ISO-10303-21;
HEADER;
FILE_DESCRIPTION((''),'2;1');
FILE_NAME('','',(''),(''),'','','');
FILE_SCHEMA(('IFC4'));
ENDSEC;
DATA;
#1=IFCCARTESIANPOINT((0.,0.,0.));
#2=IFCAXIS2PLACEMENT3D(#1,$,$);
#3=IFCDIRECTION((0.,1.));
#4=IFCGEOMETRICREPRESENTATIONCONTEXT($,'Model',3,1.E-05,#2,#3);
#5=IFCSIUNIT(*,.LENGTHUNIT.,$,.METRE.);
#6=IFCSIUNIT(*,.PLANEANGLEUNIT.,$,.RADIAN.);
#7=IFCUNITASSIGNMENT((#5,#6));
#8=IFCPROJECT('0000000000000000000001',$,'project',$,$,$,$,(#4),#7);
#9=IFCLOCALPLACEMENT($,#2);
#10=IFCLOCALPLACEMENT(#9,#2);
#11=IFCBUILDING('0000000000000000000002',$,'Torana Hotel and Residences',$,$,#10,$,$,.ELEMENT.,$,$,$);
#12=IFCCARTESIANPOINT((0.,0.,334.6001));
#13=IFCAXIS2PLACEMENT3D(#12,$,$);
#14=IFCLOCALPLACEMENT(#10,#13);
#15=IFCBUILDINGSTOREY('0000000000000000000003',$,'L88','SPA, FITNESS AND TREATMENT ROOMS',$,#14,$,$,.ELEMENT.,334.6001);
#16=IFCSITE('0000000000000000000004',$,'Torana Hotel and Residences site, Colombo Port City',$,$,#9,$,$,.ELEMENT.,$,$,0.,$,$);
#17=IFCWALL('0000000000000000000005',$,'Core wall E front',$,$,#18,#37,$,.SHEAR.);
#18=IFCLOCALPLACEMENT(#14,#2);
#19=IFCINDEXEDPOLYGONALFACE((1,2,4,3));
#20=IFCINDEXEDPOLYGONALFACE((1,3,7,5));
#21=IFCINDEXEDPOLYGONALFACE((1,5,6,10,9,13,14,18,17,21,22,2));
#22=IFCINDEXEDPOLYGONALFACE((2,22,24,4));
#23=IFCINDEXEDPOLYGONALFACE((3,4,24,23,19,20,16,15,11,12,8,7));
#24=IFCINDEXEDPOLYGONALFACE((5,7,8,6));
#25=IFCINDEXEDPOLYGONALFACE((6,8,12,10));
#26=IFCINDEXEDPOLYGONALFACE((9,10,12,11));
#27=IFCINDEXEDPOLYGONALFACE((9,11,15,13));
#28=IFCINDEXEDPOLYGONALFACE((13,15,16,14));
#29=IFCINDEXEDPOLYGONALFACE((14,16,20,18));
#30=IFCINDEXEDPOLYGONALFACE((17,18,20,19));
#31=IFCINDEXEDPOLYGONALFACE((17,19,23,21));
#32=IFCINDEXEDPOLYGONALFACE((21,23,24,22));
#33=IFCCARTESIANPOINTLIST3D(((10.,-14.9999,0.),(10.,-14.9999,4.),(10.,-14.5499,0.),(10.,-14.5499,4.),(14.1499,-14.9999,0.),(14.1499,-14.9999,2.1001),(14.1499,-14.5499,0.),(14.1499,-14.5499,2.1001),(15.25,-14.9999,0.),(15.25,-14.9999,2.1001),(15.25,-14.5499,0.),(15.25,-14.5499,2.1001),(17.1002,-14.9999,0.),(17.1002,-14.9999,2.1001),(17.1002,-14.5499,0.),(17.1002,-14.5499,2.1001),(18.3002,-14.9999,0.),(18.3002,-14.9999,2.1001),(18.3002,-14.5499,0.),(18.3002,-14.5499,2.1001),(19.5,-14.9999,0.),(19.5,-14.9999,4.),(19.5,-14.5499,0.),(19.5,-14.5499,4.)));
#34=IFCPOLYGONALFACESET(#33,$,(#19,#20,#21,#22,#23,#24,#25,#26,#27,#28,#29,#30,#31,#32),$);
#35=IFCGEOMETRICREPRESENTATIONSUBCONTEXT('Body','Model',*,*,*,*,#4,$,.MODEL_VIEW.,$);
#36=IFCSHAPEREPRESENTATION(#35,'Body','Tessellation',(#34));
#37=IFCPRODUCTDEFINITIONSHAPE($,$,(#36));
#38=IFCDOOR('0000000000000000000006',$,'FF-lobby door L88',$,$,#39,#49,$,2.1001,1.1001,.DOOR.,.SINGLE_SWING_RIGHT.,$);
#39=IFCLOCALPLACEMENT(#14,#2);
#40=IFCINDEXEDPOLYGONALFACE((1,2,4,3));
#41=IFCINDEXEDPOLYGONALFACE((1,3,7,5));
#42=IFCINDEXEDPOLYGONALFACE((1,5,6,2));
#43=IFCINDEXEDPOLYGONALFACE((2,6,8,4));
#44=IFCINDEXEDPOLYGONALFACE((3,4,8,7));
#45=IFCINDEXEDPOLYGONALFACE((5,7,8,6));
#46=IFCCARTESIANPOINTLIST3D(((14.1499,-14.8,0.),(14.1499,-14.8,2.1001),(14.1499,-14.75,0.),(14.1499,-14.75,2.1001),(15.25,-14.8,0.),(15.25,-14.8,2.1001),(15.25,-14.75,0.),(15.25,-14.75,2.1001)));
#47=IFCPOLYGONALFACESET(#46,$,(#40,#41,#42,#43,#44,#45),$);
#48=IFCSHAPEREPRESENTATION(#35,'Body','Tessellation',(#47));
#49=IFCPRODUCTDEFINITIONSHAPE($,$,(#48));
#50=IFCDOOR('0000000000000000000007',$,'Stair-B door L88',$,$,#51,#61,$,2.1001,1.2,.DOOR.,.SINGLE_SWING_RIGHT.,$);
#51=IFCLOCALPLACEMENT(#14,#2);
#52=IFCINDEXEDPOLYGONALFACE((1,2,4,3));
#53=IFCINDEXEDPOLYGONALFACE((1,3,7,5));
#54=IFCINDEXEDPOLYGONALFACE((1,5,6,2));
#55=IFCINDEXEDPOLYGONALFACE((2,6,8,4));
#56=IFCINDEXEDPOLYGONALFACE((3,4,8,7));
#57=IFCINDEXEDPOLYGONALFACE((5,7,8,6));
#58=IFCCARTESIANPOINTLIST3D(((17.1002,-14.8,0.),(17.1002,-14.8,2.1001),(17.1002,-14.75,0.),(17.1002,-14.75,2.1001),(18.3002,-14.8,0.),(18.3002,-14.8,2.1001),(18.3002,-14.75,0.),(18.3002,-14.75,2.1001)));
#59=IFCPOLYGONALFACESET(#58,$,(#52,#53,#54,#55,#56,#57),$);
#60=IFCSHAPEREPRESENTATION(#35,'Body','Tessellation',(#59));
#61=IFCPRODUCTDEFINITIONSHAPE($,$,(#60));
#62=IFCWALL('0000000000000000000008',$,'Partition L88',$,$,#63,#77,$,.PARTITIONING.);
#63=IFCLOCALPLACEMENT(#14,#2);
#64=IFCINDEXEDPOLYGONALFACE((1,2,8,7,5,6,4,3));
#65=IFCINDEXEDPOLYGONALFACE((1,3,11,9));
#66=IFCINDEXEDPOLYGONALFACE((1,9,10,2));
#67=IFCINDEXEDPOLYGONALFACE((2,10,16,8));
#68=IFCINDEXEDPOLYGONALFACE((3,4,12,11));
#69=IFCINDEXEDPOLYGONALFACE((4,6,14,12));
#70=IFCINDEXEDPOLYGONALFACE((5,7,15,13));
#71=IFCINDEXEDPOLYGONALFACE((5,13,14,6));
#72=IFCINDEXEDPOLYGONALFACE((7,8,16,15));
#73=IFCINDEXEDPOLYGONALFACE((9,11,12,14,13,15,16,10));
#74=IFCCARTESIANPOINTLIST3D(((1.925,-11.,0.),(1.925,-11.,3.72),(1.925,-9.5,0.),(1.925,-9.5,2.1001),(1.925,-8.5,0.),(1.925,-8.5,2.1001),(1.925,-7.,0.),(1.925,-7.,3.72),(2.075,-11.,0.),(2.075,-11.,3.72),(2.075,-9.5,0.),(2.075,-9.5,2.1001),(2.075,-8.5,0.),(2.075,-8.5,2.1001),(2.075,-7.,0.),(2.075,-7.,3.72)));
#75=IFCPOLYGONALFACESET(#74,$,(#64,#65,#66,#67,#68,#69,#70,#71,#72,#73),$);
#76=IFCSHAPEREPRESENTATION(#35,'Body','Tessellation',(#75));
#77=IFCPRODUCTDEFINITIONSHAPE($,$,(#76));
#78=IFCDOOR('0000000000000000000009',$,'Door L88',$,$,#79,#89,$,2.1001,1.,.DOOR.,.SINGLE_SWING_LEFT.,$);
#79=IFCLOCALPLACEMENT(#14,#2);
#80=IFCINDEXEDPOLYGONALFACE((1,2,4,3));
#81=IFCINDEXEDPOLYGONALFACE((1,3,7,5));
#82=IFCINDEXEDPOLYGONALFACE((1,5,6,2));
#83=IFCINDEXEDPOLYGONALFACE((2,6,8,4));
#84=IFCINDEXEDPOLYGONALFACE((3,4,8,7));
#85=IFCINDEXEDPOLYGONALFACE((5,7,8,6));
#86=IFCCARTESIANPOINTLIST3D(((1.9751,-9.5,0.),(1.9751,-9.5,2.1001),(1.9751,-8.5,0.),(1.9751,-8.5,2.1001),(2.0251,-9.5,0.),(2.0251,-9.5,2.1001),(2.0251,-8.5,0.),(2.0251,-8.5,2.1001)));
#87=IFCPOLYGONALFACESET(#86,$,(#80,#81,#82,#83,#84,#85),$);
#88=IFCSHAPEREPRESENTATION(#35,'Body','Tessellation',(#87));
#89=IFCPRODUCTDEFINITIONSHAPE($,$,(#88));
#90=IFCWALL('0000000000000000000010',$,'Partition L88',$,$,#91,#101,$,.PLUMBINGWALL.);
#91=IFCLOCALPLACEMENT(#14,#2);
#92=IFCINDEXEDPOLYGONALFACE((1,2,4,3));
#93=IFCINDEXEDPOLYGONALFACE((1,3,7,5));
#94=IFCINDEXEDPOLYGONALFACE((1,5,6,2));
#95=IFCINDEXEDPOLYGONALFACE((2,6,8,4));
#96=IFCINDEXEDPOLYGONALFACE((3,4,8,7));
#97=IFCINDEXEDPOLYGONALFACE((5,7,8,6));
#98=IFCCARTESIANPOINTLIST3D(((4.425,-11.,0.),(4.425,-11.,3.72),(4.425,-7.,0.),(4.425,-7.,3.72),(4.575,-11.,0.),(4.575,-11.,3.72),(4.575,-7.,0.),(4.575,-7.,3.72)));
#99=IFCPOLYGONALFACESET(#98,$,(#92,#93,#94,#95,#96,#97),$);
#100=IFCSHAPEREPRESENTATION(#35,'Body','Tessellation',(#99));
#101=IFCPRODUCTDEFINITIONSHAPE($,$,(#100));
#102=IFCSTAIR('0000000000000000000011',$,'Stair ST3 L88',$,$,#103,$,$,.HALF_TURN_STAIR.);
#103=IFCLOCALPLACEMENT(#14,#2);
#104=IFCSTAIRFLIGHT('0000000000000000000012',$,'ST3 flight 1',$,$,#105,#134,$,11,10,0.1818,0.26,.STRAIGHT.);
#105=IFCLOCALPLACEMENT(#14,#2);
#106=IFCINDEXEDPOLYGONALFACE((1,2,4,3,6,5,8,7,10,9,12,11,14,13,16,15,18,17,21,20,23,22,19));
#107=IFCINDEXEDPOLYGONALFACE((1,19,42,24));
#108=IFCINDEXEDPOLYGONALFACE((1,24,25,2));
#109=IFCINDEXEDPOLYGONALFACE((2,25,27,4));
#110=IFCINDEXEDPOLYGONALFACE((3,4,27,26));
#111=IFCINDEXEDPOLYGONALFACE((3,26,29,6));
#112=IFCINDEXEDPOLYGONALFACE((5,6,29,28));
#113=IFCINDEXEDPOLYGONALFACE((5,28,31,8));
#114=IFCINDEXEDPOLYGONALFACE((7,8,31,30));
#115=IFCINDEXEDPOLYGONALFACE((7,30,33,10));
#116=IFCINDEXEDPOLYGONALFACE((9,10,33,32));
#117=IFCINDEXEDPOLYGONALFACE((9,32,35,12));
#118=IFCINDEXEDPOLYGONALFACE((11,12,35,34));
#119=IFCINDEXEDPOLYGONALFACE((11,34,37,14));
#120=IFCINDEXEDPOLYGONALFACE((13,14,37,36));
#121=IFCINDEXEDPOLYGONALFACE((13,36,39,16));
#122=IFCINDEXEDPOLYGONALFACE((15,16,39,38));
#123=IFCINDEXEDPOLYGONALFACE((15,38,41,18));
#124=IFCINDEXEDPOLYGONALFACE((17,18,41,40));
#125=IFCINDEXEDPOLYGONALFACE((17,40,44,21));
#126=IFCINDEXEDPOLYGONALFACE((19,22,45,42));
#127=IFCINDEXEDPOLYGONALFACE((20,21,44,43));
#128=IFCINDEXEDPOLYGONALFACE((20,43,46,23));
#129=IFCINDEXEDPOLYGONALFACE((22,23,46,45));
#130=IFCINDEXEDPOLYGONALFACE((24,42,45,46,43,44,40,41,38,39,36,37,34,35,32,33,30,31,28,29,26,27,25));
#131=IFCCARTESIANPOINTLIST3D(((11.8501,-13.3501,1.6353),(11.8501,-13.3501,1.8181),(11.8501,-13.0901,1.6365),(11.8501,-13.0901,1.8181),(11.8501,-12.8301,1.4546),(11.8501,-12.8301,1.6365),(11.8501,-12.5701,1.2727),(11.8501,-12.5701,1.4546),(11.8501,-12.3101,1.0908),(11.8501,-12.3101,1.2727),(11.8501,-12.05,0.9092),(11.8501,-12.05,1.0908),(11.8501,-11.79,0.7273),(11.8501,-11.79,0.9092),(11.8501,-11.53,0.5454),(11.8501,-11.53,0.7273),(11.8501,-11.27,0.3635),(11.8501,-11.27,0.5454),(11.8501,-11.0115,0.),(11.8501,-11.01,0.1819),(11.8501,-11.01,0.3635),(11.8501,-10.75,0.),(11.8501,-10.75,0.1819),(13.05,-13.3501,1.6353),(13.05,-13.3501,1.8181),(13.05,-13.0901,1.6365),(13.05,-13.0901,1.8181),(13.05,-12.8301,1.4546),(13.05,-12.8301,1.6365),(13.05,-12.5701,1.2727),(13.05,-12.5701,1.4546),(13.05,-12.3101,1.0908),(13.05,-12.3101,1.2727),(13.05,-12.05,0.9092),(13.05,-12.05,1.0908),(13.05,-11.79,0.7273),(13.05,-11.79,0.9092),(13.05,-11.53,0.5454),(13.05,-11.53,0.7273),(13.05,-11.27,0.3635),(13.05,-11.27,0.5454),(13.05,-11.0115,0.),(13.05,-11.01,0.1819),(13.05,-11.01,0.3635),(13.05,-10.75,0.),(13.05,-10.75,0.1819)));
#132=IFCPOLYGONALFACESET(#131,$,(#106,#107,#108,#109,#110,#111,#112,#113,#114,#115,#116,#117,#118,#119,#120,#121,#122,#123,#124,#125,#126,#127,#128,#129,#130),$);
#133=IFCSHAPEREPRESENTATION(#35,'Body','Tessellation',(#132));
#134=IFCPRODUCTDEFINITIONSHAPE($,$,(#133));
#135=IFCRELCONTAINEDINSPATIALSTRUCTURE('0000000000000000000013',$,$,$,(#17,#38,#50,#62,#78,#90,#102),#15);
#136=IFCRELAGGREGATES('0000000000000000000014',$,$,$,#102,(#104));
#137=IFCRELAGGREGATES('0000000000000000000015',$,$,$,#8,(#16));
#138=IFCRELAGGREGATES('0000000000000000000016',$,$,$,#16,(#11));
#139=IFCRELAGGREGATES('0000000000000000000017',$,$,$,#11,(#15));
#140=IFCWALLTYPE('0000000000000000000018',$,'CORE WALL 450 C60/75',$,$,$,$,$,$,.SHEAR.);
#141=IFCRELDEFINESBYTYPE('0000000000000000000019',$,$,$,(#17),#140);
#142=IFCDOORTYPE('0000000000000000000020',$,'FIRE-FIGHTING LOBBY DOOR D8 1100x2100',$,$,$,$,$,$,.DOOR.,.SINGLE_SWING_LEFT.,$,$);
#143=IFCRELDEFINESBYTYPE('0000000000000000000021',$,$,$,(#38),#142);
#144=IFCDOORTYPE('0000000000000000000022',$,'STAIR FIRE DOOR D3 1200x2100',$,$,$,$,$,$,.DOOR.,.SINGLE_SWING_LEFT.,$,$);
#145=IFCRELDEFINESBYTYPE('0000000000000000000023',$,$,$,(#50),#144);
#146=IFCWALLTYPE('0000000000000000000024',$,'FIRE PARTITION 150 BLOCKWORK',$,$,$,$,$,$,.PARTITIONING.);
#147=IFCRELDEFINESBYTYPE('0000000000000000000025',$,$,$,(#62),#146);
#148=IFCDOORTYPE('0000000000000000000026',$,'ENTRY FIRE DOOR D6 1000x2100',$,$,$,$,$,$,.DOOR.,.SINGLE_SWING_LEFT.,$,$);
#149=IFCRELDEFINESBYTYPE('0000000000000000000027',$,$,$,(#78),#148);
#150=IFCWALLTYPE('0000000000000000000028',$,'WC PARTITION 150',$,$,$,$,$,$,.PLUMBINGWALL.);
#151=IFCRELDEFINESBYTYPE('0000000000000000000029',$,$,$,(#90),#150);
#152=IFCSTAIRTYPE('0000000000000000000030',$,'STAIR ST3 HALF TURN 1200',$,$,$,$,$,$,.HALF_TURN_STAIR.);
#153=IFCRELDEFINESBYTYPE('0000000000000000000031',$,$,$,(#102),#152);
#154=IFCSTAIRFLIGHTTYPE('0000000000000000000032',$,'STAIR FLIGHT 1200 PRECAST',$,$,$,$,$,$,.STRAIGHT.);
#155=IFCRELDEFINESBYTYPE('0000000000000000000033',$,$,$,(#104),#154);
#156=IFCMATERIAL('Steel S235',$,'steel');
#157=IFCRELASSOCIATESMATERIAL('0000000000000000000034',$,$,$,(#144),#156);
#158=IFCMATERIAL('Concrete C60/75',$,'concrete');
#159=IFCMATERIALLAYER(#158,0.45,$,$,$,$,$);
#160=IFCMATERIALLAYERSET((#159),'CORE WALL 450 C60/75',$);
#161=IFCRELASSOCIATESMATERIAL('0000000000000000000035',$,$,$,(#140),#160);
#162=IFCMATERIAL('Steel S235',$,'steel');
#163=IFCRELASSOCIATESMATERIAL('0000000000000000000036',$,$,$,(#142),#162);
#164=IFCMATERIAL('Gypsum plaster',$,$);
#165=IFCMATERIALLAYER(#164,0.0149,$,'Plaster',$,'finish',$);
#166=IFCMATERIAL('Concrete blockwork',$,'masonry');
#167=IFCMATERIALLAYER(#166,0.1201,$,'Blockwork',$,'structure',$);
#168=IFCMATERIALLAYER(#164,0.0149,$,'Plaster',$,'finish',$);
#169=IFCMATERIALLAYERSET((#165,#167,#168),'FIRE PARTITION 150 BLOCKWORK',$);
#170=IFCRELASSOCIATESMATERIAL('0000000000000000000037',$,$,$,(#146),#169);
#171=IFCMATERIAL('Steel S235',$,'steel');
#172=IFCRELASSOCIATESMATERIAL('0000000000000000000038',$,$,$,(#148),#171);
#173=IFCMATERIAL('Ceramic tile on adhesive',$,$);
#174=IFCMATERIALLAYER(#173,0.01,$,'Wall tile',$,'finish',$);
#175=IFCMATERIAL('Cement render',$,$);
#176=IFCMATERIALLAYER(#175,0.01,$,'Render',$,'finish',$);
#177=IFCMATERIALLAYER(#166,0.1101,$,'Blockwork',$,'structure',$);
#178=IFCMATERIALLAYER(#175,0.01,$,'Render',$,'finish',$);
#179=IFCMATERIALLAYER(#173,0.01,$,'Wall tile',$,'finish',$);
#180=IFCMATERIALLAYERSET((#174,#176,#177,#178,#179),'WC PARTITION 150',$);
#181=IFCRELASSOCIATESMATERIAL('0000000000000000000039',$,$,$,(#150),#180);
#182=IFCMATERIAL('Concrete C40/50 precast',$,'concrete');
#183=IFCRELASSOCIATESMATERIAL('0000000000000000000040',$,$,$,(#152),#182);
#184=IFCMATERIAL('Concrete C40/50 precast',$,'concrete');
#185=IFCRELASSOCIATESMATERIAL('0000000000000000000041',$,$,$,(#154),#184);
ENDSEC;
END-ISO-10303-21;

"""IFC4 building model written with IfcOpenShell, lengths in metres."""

from ifc_helpers import new_model, si_unit, direction, frame, frame_2d, origin, place, context, subcontext, project, spatial, polyline, rectangle, outline, extrude, material, layer, layer_set, type_object, element, fill, aggregate, save


model = new_model("IFC4")

# Units and contexts
model_context = context("Model", 3, precision=1e-05, world=origin(), true_north=direction((0.0, 1.0)))
body_context = subcontext(model_context, "Body", "Model", "MODEL_VIEW")
ifc_project = project(units=[si_unit("LENGTHUNIT", "METRE"), si_unit("PLANEANGLEUNIT", "RADIAN")], contexts=[model_context])

# Site, building, storey
site_placement = place(None, origin())
site = spatial("IfcSite", under=ifc_project, at=site_placement, Name="Torana Hotel and Residences site, Colombo Port City", CompositionType="ELEMENT", RefElevation=0.0)
building_placement = place(site_placement, origin())
building = spatial("IfcBuilding", under=site, at=building_placement, Name="Torana Hotel and Residences", CompositionType="ELEMENT")
storey_placement = place(building_placement, frame((0.0, 0.0, 334.6001)))
storey = spatial("IfcBuildingStorey", under=building, at=storey_placement, Name="L88", Description="SPA, FITNESS AND TREATMENT ROOMS", CompositionType="ELEMENT", Elevation=334.6001)

# Shared definitions
ifc_material_1 = material(Name="Steel S235", Category="steel")
door_type_1 = type_object("IfcDoorType", Name="STAIR FIRE DOOR D3 1200x2100", OperationType="SINGLE_SWING_LEFT", PredefinedType="DOOR", material=ifc_material_1)

# Wall, openings, doors
ifc_material_2 = material(Name="Concrete C60/75", Category="concrete")
ifc_layer_1 = layer(ifc_material_2, 0.45)
ifc_layer_set_1 = layer_set([ifc_layer_1], Name="CORE WALL 450 C60/75")
wall_type_1 = type_object("IfcWallType", Name="CORE WALL 450 C60/75", PredefinedType="SHEAR", material=ifc_layer_set_1)
wall_1_placement = place(storey_placement, frame((10.0, -14.7749, 0.0), z_axis=(0.0, 0.0, 1.0), x_axis=(1.0, 0.0, 0.0)))
wall_1 = element("IfcWall", 1, at=wall_1_placement, inside=storey, type_object=wall_type_1, Name="Core wall E front", PredefinedType="SHEAR", context=body_context, shape_type="SweptSolid", body=[
    extrude(rectangle(XDim=9.5, YDim=0.45, at=frame_2d((4.75, 0.0))), origin(), (0.0, 0.0, 1.0), 4.0),
])
opening_1_placement = place(wall_1_placement, frame((7.1001, 0.0, 0.0)))
opening_1 = element("IfcOpeningElement", 2, at=opening_1_placement, cuts=wall_1, PredefinedType="OPENING", context=body_context, shape_type="SweptSolid", body=[
    extrude(rectangle(XDim=1.2, YDim=2.1001, at=frame_2d((0.6001, 1.05))), frame((0.0, 0.2349, 0.0), z_axis=(0.0, -1.0, 0.0), x_axis=(1.0, 0.0, 0.0)), (0.0, 0.0, 1.0), 0.47),
])
opening_2_placement = place(wall_1_placement, frame((4.1499, 0.0, 0.0)))
opening_2 = element("IfcOpeningElement", 3, at=opening_2_placement, cuts=wall_1, PredefinedType="OPENING", context=body_context, shape_type="SweptSolid", body=[
    extrude(rectangle(XDim=1.1001, YDim=2.1001, at=frame_2d((0.55, 1.05))), frame((0.0, 0.2349, 0.0), z_axis=(0.0, -1.0, 0.0), x_axis=(1.0, 0.0, 0.0)), (0.0, 0.0, 1.0), 0.47),
])
ifc_material_3 = material(Name="Steel S235", Category="steel")
door_type_2 = type_object("IfcDoorType", Name="FIRE-FIGHTING LOBBY DOOR D8 1100x2100", OperationType="SINGLE_SWING_LEFT", PredefinedType="DOOR", material=ifc_material_3)
door_1_placement = place(opening_2_placement, origin())
door_1 = element("IfcDoor", 4, at=door_1_placement, inside=storey, type_object=door_type_2, Name="FF-lobby door L88", OperationType="SINGLE_SWING_RIGHT", OverallHeight=2.1001, OverallWidth=1.1001, PredefinedType="DOOR", context=body_context, shape_type="SweptSolid", body=[
    extrude(rectangle(XDim=1.1001, YDim=2.1001, at=frame_2d((0.55, 1.05))), frame((0.0, 0.0249, 0.0), z_axis=(0.0, -1.0, 0.0), x_axis=(1.0, 0.0, 0.0)), (0.0, 0.0, 1.0), 0.05),
])
fill(opening_2, door_1)
door_2_placement = place(opening_1_placement, origin())
door_2 = element("IfcDoor", 5, at=door_2_placement, inside=storey, type_object=door_type_1, Name="Stair-B door L88", OperationType="SINGLE_SWING_RIGHT", OverallHeight=2.1001, OverallWidth=1.2, PredefinedType="DOOR", context=body_context, shape_type="SweptSolid", body=[
    extrude(rectangle(XDim=1.2, YDim=2.1001, at=frame_2d((0.6001, 1.05))), frame((0.0, 0.0249, 0.0), z_axis=(0.0, -1.0, 0.0), x_axis=(1.0, 0.0, 0.0)), (0.0, 0.0, 1.0), 0.05),
])
fill(opening_1, door_2)

# Wall, opening, door
ifc_material_4 = material(Name="Gypsum plaster")
ifc_layer_2 = layer(ifc_material_4, 0.0149, Name="Plaster", Category="finish")
ifc_material_5 = material(Name="Concrete blockwork", Category="masonry")
ifc_layer_3 = layer(ifc_material_5, 0.1201, Name="Blockwork", Category="structure")
ifc_layer_4 = layer(ifc_material_4, 0.0149, Name="Plaster", Category="finish")
ifc_layer_set_2 = layer_set([ifc_layer_2, ifc_layer_3, ifc_layer_4], Name="FIRE PARTITION 150 BLOCKWORK")
wall_type_2 = type_object("IfcWallType", Name="FIRE PARTITION 150 BLOCKWORK", PredefinedType="PARTITIONING", material=ifc_layer_set_2)
wall_2_placement = place(storey_placement, frame((2.0, -11.0, 0.0), z_axis=(0.0, 0.0, 1.0), x_axis=(0.0, 1.0, 0.0)))
wall_2 = element("IfcWall", 6, at=wall_2_placement, inside=storey, type_object=wall_type_2, Name="Partition L88", PredefinedType="PARTITIONING", context=body_context, shape_type="SweptSolid", body=[
    extrude(rectangle(XDim=4.0, YDim=0.1499, at=frame_2d((2.0, 0.0))), origin(), (0.0, 0.0, 1.0), 3.72),
])
opening_3_placement = place(wall_2_placement, frame((1.5, 0.0, 0.0)))
opening_3 = element("IfcOpeningElement", 7, at=opening_3_placement, cuts=wall_2, PredefinedType="OPENING", context=body_context, shape_type="SweptSolid", body=[
    extrude(rectangle(XDim=1.0, YDim=2.1001, at=frame_2d((0.5, 1.05))), frame((0.0, 0.085, 0.0), z_axis=(0.0, -1.0, 0.0), x_axis=(1.0, 0.0, 0.0)), (0.0, 0.0, 1.0), 0.1699),
])
ifc_material_6 = material(Name="Steel S235", Category="steel")
door_type_3 = type_object("IfcDoorType", Name="ENTRY FIRE DOOR D6 1000x2100", OperationType="SINGLE_SWING_LEFT", PredefinedType="DOOR", material=ifc_material_6)
door_3_placement = place(opening_3_placement, frame((0.5, 0.0, 0.0), z_axis=(0.0, 0.0, 1.0), x_axis=(-1.0, 0.0, 0.0)))
door_3 = element("IfcDoor", 8, at=door_3_placement, inside=storey, type_object=door_type_3, Name="Door L88", OperationType="SINGLE_SWING_LEFT", OverallHeight=2.1001, OverallWidth=1.0, PredefinedType="DOOR", context=body_context, shape_type="SweptSolid", body=[
    extrude(rectangle(XDim=1.0, YDim=2.1001, at=frame_2d((0.0, 1.05))), frame((0.0, -0.0249, 0.0), z_axis=(0.0, 1.0, 0.0), x_axis=(-1.0, 0.0, 0.0)), (0.0, 0.0, 1.0), 0.05),
])
fill(opening_3, door_3)

# Wall
ifc_material_7 = material(Name="Ceramic tile on adhesive")
ifc_layer_5 = layer(ifc_material_7, 0.01, Name="Wall tile", Category="finish")
ifc_material_8 = material(Name="Cement render")
ifc_layer_6 = layer(ifc_material_8, 0.01, Name="Render", Category="finish")
ifc_layer_7 = layer(ifc_material_5, 0.1101, Name="Blockwork", Category="structure")
ifc_layer_8 = layer(ifc_material_8, 0.01, Name="Render", Category="finish")
ifc_layer_9 = layer(ifc_material_7, 0.01, Name="Wall tile", Category="finish")
ifc_layer_set_3 = layer_set([ifc_layer_5, ifc_layer_6, ifc_layer_7, ifc_layer_8, ifc_layer_9], Name="WC PARTITION 150")
wall_type_3 = type_object("IfcWallType", Name="WC PARTITION 150", PredefinedType="PLUMBINGWALL", material=ifc_layer_set_3)
wall_3_placement = place(storey_placement, frame((4.5, -11.0, 0.0), z_axis=(0.0, 0.0, 1.0), x_axis=(0.0, 1.0, 0.0)))
element("IfcWall", 9, at=wall_3_placement, inside=storey, type_object=wall_type_3, Name="Partition L88", PredefinedType="PLUMBINGWALL", context=body_context, shape_type="SweptSolid", body=[
    extrude(rectangle(XDim=4.0, YDim=0.1499, at=frame_2d((2.0, 0.0))), origin(), (0.0, 0.0, 1.0), 3.72),
])

# Stair, stair flight
ifc_material_9 = material(Name="Concrete C40/50 precast", Category="concrete")
stair_type = type_object("IfcStairType", Name="STAIR ST3 HALF TURN 1200", PredefinedType="HALF_TURN_STAIR", material=ifc_material_9)
stair_placement = place(storey_placement, origin())
stair = element("IfcStair", 10, at=stair_placement, inside=storey, type_object=stair_type, Name="Stair ST3 L88", PredefinedType="HALF_TURN_STAIR")
ifc_material_10 = material(Name="Concrete C40/50 precast", Category="concrete")
stair_flight_type = type_object("IfcStairFlightType", Name="STAIR FLIGHT 1200 PRECAST", PredefinedType="STRAIGHT", material=ifc_material_10)
stair_flight_1_placement = place(storey_placement, frame((12.45, -10.75, 0.0), z_axis=(0.0, 0.0, 1.0), x_axis=(0.0, -1.0, 0.0)))
stair_flight_1 = element("IfcStairFlight", 11, at=stair_flight_1_placement, type_object=stair_flight_type, Name="ST3 flight 1", NumberOfRisers=11, NumberOfTreads=10, PredefinedType="STRAIGHT", RiserHeight=0.1818, TreadLength=0.26, context=body_context, shape_type="SweptSolid", body=[
    extrude(outline(polyline([(0.0, 0.0), (0.0, 0.1819), (0.26, 0.1819), (0.26, 0.3635), (0.52, 0.3635), (0.52, 0.5454), (0.78, 0.5454), (0.78, 0.7273), (1.04, 0.7273), (1.04, 0.9092), (1.3, 0.9092), (1.3, 1.0908), (1.5601, 1.0908), (1.5601, 1.2727), (1.8201, 1.2727), (1.8201, 1.4546), (2.0801, 1.4546), (2.0801, 1.6365), (2.3401, 1.6365), (2.3401, 1.8181), (2.6001, 1.8181), (2.6001, 2.0), (2.6001, 1.6353), (0.2615, 0.0), (0.0, 0.0)])), frame((0.0, 0.6001, 0.0), z_axis=(0.0, -1.0, 0.0), x_axis=(1.0, 0.0, 0.0)), (0.0, 0.0, 1.0), 1.2),
])
aggregate(stair, [stair_flight_1])

save(model, "model.ifc")
